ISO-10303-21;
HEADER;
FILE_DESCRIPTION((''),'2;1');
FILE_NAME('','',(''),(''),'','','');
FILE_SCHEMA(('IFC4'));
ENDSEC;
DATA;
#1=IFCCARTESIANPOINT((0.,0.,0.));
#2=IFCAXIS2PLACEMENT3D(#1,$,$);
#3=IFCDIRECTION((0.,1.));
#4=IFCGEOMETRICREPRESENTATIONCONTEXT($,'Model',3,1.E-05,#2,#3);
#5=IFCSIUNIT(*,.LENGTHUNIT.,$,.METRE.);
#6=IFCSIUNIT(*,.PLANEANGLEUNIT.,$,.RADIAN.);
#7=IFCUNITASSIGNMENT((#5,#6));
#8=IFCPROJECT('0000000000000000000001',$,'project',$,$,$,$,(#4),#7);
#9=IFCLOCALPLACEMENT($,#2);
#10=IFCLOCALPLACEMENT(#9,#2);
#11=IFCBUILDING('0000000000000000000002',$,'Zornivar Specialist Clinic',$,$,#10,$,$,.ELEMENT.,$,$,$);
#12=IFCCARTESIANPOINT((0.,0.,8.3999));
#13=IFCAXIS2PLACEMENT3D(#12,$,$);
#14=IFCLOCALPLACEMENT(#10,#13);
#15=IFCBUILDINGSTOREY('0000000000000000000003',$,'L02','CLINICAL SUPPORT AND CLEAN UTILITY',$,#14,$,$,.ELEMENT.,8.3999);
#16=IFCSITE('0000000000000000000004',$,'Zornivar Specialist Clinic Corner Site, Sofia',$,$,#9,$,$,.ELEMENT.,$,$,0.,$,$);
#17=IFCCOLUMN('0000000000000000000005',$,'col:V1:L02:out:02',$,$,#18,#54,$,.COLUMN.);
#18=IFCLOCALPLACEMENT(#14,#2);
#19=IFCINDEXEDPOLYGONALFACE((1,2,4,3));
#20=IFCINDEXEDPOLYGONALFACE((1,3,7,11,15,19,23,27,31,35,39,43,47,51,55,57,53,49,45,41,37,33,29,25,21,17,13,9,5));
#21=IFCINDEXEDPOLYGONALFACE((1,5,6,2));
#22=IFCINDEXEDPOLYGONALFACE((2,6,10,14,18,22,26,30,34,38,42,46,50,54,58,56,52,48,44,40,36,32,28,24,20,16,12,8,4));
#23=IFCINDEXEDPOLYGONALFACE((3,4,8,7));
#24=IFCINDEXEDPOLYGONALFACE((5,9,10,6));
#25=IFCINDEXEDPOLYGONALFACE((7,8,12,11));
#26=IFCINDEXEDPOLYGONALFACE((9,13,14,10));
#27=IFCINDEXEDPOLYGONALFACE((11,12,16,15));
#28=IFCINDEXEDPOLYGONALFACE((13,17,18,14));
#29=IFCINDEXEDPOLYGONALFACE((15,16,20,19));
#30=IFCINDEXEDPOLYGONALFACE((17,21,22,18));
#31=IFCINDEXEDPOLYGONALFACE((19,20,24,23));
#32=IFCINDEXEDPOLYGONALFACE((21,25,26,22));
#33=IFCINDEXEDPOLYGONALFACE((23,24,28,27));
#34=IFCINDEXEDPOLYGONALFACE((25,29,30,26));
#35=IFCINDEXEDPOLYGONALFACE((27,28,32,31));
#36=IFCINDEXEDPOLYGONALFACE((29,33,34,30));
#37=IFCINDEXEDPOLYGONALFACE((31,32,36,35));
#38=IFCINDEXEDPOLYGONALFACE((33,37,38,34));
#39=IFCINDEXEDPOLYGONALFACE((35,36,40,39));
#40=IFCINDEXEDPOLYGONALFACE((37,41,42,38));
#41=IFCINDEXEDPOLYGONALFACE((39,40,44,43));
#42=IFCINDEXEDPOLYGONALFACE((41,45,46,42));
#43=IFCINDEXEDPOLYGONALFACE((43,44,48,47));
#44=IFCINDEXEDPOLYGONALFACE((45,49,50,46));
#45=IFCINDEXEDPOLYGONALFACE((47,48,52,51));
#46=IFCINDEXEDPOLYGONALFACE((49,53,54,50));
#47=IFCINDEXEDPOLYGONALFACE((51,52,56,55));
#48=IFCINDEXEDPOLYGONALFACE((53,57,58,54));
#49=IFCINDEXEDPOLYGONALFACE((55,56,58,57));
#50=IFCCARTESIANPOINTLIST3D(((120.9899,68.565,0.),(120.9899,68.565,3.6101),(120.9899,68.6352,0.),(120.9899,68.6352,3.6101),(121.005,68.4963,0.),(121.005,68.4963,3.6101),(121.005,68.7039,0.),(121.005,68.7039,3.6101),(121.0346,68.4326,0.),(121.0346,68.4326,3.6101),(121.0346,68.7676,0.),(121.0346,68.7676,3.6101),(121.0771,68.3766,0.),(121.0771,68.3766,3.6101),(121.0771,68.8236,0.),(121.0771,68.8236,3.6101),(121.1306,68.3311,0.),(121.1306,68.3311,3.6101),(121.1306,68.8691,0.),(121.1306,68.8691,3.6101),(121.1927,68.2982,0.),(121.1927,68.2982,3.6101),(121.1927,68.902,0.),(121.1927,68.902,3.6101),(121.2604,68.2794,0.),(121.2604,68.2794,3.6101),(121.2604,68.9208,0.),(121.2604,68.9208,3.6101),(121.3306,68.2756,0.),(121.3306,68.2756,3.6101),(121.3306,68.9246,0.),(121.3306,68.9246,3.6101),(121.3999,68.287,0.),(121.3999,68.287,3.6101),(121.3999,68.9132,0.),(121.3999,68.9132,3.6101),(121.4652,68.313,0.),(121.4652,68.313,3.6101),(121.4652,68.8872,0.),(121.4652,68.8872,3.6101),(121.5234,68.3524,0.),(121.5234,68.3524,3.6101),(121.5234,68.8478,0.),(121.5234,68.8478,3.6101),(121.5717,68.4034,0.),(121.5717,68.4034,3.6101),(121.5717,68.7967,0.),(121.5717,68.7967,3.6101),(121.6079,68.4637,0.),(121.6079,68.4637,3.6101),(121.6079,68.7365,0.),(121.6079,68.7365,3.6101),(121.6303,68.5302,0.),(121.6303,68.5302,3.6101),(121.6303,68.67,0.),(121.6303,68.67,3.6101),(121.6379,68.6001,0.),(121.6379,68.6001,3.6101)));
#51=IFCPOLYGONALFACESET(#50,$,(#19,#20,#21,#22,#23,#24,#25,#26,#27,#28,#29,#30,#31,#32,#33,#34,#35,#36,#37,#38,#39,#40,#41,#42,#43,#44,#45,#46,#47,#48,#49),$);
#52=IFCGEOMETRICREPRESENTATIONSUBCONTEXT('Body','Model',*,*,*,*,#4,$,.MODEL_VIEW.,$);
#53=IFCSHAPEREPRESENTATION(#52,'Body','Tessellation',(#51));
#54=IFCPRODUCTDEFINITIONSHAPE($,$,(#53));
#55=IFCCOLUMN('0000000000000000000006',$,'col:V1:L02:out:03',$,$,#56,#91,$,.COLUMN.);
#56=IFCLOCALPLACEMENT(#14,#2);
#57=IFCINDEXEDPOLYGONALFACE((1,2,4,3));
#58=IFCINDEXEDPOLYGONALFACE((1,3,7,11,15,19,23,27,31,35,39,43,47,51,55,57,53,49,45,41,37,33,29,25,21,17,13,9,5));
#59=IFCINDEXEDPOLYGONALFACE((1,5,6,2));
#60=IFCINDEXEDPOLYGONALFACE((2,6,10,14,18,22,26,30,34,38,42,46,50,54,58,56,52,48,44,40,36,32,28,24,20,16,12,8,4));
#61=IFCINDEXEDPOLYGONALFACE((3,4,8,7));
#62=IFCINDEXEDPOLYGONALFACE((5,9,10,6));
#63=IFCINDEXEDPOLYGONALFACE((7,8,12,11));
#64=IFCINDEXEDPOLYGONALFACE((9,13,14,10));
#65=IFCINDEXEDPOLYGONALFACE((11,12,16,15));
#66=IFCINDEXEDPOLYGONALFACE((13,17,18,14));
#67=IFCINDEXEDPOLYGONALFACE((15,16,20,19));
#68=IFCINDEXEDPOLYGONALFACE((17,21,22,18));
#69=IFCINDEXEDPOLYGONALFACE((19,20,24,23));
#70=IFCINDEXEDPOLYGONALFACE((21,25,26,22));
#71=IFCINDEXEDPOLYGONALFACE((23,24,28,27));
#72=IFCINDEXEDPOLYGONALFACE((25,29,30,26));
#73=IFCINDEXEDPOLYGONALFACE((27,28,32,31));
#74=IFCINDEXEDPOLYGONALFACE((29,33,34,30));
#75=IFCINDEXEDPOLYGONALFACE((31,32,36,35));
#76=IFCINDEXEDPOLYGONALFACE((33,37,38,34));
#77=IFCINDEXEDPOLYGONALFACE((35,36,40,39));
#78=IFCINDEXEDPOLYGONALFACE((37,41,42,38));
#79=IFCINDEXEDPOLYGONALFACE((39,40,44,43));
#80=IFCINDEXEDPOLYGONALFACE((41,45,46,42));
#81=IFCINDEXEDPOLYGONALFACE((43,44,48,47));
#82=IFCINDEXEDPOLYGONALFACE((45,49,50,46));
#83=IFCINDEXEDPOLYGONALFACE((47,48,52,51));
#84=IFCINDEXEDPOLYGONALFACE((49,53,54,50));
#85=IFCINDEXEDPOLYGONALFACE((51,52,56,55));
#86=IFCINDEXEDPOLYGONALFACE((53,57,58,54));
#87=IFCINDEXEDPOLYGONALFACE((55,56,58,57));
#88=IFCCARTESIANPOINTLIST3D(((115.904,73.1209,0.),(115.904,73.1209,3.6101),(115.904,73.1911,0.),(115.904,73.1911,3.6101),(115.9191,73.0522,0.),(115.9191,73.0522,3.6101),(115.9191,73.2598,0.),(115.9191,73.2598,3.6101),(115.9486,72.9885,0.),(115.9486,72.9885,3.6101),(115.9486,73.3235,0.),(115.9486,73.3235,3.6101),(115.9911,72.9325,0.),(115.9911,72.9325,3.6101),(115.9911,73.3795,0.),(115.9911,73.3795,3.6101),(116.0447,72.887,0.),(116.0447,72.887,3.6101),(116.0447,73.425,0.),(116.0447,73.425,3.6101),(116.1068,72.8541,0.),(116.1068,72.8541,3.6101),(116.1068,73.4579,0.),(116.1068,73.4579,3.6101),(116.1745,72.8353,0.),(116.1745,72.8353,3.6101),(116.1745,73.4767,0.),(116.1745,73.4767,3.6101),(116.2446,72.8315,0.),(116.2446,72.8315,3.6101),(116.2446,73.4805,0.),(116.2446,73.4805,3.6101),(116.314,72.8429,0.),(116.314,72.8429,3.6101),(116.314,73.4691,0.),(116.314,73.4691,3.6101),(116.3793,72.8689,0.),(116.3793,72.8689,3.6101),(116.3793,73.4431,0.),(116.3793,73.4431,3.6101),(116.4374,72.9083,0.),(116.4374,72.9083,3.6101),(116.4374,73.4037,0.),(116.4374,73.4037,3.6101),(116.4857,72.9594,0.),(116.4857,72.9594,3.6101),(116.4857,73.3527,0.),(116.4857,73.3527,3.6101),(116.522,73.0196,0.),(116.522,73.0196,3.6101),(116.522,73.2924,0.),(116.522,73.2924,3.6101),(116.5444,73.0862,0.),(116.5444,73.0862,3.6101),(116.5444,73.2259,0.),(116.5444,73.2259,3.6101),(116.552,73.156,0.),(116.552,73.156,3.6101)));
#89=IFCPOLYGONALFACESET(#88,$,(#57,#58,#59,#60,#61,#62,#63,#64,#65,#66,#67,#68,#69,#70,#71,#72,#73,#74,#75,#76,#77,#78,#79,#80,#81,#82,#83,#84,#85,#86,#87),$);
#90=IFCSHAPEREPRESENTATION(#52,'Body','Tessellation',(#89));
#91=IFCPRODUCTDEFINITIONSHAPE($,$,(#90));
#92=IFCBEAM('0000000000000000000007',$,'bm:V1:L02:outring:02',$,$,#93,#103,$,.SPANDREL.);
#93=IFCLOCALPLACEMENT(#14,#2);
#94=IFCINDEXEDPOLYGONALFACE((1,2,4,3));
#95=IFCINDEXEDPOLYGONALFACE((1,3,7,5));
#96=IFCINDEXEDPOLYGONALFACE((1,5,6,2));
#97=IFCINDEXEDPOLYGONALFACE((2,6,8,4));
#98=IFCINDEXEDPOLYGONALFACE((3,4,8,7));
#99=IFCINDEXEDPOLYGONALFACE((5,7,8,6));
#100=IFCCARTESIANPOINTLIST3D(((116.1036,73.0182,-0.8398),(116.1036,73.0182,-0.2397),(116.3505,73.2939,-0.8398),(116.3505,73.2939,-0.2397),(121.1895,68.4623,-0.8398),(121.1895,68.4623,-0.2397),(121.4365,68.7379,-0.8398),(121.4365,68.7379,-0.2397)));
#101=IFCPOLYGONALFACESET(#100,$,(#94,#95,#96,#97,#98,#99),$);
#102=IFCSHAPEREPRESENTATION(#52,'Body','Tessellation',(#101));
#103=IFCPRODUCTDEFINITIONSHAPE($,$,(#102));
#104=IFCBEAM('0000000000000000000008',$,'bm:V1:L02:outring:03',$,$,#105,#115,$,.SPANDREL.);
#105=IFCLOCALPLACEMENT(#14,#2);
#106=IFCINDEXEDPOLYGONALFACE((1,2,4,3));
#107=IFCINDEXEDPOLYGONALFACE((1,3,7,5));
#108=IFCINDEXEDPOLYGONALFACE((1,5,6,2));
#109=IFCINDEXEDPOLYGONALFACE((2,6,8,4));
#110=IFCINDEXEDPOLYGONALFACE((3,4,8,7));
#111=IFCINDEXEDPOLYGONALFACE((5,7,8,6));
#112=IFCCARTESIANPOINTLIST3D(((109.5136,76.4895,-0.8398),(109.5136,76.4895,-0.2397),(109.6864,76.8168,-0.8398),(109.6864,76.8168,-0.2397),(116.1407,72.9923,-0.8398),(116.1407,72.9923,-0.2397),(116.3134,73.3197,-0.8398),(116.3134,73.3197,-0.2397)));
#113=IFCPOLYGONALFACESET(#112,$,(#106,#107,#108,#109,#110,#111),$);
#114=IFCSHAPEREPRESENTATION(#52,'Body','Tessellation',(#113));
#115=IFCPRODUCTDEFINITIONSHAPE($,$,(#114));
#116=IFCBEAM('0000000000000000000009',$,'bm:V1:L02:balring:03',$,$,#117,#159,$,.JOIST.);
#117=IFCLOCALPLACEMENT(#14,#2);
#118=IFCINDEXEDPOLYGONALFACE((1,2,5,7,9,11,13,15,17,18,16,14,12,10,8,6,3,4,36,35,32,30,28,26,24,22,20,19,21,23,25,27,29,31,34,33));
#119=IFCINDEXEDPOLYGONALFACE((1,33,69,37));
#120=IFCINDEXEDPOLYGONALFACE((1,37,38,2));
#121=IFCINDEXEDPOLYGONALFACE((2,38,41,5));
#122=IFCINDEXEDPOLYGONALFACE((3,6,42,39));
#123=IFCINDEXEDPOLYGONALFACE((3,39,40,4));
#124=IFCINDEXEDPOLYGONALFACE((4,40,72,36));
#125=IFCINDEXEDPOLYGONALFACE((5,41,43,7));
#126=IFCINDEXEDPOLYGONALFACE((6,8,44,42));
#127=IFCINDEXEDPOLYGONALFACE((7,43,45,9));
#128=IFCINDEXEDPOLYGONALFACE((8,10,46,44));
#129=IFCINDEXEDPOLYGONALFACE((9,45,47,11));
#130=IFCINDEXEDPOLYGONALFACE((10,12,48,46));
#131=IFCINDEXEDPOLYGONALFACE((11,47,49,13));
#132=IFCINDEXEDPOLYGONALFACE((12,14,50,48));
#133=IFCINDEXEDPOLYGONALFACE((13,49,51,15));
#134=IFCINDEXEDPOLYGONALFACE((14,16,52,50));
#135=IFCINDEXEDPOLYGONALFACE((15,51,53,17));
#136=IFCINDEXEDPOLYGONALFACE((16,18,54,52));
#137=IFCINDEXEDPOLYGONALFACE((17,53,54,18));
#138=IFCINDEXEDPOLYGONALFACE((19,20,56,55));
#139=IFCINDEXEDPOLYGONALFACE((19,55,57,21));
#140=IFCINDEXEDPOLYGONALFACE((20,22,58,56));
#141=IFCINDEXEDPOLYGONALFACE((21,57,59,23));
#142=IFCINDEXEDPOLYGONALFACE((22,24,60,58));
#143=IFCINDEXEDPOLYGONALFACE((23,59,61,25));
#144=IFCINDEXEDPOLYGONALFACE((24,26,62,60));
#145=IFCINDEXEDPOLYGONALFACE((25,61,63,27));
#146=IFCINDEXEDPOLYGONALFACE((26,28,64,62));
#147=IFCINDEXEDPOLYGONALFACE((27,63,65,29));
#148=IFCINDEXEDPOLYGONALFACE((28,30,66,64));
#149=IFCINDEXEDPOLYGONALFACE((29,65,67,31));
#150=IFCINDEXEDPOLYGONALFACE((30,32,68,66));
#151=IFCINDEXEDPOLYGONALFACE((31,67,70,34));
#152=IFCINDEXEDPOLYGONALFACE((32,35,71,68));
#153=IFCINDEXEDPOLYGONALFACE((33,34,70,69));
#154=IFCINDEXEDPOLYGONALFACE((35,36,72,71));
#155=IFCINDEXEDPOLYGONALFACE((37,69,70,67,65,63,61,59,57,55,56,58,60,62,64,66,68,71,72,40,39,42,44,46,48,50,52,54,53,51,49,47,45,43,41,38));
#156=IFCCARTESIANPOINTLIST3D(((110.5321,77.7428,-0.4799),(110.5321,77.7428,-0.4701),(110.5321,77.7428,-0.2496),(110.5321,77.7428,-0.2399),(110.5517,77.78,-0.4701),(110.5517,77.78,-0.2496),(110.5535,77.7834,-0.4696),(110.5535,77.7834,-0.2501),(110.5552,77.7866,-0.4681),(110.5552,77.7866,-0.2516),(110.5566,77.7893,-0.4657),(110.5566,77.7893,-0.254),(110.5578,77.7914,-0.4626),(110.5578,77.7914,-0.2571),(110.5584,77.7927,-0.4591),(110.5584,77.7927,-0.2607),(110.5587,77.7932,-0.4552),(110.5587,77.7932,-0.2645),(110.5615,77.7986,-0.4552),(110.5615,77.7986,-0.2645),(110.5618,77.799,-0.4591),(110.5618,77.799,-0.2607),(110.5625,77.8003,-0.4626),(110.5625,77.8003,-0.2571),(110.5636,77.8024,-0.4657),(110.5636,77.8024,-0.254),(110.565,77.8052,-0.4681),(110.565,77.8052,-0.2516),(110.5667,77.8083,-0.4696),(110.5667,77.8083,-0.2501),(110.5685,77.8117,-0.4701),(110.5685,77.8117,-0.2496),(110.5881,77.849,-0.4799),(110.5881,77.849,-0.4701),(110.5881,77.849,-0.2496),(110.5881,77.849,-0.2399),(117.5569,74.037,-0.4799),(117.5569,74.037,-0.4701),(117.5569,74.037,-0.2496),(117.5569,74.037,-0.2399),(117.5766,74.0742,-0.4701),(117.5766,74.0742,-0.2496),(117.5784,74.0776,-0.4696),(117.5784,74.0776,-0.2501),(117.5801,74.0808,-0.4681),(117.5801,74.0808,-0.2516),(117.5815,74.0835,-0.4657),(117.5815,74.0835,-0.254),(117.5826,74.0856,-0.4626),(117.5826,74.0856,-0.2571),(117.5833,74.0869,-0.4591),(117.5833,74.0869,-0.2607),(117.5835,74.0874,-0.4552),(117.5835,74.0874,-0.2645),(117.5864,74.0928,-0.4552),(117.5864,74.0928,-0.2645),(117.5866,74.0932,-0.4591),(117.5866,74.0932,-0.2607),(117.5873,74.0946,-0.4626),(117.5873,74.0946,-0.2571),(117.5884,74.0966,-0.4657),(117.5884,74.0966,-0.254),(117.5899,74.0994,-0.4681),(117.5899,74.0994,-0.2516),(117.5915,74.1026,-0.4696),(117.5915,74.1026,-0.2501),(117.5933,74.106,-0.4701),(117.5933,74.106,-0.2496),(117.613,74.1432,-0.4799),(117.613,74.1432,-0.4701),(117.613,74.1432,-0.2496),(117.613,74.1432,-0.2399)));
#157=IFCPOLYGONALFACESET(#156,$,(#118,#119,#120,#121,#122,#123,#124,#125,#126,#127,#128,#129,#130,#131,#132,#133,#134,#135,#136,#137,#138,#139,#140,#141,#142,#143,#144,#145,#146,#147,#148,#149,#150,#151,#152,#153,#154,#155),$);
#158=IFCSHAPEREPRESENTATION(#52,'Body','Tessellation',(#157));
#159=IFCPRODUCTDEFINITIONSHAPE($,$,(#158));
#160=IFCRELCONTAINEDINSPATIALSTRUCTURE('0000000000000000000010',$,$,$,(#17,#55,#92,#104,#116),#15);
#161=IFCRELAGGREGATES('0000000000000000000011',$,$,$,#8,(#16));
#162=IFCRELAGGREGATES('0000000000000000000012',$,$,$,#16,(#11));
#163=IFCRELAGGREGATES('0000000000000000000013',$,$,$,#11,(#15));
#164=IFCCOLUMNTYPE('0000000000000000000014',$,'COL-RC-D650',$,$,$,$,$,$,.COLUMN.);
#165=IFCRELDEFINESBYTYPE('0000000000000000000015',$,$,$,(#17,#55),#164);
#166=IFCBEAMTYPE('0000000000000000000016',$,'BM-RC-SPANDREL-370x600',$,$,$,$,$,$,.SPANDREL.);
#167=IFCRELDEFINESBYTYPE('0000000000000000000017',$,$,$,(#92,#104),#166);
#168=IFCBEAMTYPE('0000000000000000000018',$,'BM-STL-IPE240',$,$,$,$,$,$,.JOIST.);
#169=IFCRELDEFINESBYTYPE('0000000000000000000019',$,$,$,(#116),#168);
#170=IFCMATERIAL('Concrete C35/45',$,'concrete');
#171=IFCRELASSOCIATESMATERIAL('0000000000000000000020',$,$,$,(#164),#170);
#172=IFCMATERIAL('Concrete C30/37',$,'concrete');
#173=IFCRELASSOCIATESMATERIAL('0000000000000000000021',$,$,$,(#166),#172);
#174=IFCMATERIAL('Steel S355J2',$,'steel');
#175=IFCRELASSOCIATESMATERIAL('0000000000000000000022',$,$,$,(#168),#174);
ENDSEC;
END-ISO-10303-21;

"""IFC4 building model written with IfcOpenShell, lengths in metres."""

from ifc_helpers import new_model, si_unit, direction, frame, origin, origin_2d, place, context, subcontext, project, spatial, rectangle, circle, i_section, extrude, material, material_profile, profile_set, type_object, element, save


model = new_model("IFC4")

# Units and contexts
model_context = context("Model", 3, precision=1e-05, world=origin(), true_north=direction((0.0, 1.0)))
body_context = subcontext(model_context, "Body", "Model", "MODEL_VIEW")
ifc_project = project(units=[si_unit("LENGTHUNIT", "METRE"), si_unit("PLANEANGLEUNIT", "RADIAN")], contexts=[model_context])

# Site, building, storey
site_placement = place(None, origin())
site = spatial("IfcSite", under=ifc_project, at=site_placement, Name="Zornivar Specialist Clinic Corner Site, Sofia", CompositionType="ELEMENT", RefElevation=0.0)
building_placement = place(site_placement, origin())
building = spatial("IfcBuilding", under=site, at=building_placement, Name="Zornivar Specialist Clinic", CompositionType="ELEMENT")
storey_placement = place(building_placement, frame((0.0, 0.0, 8.3999)))
storey = spatial("IfcBuildingStorey", under=building, at=storey_placement, Name="L02", Description="CLINICAL SUPPORT AND CLEAN UTILITY", CompositionType="ELEMENT", Elevation=8.3999)

# Columns
ifc_material_1 = material(Name="Concrete C35/45", Category="concrete")
ifc_material_profile_1 = material_profile(ifc_material_1, circle(Radius=0.325, at=origin_2d()), Name="RC D650")
ifc_profile_set_1 = profile_set([ifc_material_profile_1], Name="Concrete C35/45")
column_type = type_object("IfcColumnType", Name="COL-RC-D650", PredefinedType="COLUMN", material=ifc_profile_set_1)
for number, where, z_axis, x_axis, name in (
    (1, (121.313, 68.6001, 0.0), (0.0, 0.0, 1.0), (1.0, 0.0, 0.0), "col:V1:L02:out:02"),
    (2, (116.2271, 73.156, 0.0), (0.0, 0.0, 1.0), (1.0, 0.0, 0.0), "col:V1:L02:out:03"),
):
    element("IfcColumn", number, at=place(storey_placement, frame(where, z_axis=z_axis, x_axis=x_axis)), inside=storey, type_object=column_type, Name=name, PredefinedType="COLUMN", context=body_context, shape_type="SweptSolid", body=[
        extrude(circle(Radius=0.325, at=origin_2d()), origin(), (0.0, 0.0, 1.0), 3.6101),
    ])

# Beams
ifc_material_2 = material(Name="Concrete C30/37", Category="concrete")
ifc_material_profile_2 = material_profile(ifc_material_2, rectangle(XDim=0.3701, YDim=0.6001, at=origin_2d()), Name="RC 370x600")
ifc_profile_set_2 = profile_set([ifc_material_profile_2], Name="Concrete C30/37")
beam_type_1 = type_object("IfcBeamType", Name="BM-RC-SPANDREL-370x600", PredefinedType="SPANDREL", material=ifc_profile_set_2)
beam_1_placement = place(storey_placement, frame((121.313, 68.6001, -0.5398), z_axis=(-0.744853, 0.667228, 0.0), x_axis=(-0.667228, -0.744853, 0.0)))
element("IfcBeam", 3, at=beam_1_placement, inside=storey, type_object=beam_type_1, Name="bm:V1:L02:outring:02", PredefinedType="SPANDREL", context=body_context, shape_type="SweptSolid", body=[
    extrude(rectangle(XDim=0.3701, YDim=0.6001, at=origin_2d()), origin(), (0.0, 0.0, 1.0), 6.8281),
])
beam_2_placement = place(storey_placement, frame((116.2271, 73.156, -0.5398), z_axis=(-0.884412, 0.466708, 0.0), x_axis=(-0.466708, -0.884412, 0.0)))
element("IfcBeam", 4, at=beam_2_placement, inside=storey, type_object=beam_type_1, Name="bm:V1:L02:outring:03", PredefinedType="SPANDREL", context=body_context, shape_type="SweptSolid", body=[
    extrude(rectangle(XDim=0.3701, YDim=0.6001, at=origin_2d()), origin(), (0.0, 0.0, 1.0), 7.4932),
])
ifc_material_3 = material(Name="Steel S355J2", Category="steel")
ifc_material_profile_3 = material_profile(ifc_material_3, i_section(OverallWidth=0.1201, OverallDepth=0.24, WebThickness=0.0061, FlangeThickness=0.0098, FilletRadius=0.0149, at=origin_2d()), Name="IPE 240")
ifc_profile_set_3 = profile_set([ifc_material_profile_3], Name="Steel S355J2")
beam_type_2 = type_object("IfcBeamType", Name="BM-STL-IPE240", PredefinedType="JOIST", material=ifc_profile_set_3)
beam_3_placement = place(storey_placement, frame((117.585, 74.0901, -0.3599), z_axis=(-0.884477, 0.466584, 0.0), x_axis=(-0.466584, -0.884477, 0.0)))
element("IfcBeam", 5, at=beam_3_placement, inside=storey, type_object=beam_type_2, Name="bm:V1:L02:balring:03", PredefinedType="JOIST", context=body_context, shape_type="SweptSolid", body=[
    extrude(i_section(OverallWidth=0.1201, OverallDepth=0.24, WebThickness=0.0061, FlangeThickness=0.0098, FilletRadius=0.0149, at=origin_2d()), origin(), (0.0, 0.0, 1.0), 7.9424),
])

save(model, "model.ifc")
